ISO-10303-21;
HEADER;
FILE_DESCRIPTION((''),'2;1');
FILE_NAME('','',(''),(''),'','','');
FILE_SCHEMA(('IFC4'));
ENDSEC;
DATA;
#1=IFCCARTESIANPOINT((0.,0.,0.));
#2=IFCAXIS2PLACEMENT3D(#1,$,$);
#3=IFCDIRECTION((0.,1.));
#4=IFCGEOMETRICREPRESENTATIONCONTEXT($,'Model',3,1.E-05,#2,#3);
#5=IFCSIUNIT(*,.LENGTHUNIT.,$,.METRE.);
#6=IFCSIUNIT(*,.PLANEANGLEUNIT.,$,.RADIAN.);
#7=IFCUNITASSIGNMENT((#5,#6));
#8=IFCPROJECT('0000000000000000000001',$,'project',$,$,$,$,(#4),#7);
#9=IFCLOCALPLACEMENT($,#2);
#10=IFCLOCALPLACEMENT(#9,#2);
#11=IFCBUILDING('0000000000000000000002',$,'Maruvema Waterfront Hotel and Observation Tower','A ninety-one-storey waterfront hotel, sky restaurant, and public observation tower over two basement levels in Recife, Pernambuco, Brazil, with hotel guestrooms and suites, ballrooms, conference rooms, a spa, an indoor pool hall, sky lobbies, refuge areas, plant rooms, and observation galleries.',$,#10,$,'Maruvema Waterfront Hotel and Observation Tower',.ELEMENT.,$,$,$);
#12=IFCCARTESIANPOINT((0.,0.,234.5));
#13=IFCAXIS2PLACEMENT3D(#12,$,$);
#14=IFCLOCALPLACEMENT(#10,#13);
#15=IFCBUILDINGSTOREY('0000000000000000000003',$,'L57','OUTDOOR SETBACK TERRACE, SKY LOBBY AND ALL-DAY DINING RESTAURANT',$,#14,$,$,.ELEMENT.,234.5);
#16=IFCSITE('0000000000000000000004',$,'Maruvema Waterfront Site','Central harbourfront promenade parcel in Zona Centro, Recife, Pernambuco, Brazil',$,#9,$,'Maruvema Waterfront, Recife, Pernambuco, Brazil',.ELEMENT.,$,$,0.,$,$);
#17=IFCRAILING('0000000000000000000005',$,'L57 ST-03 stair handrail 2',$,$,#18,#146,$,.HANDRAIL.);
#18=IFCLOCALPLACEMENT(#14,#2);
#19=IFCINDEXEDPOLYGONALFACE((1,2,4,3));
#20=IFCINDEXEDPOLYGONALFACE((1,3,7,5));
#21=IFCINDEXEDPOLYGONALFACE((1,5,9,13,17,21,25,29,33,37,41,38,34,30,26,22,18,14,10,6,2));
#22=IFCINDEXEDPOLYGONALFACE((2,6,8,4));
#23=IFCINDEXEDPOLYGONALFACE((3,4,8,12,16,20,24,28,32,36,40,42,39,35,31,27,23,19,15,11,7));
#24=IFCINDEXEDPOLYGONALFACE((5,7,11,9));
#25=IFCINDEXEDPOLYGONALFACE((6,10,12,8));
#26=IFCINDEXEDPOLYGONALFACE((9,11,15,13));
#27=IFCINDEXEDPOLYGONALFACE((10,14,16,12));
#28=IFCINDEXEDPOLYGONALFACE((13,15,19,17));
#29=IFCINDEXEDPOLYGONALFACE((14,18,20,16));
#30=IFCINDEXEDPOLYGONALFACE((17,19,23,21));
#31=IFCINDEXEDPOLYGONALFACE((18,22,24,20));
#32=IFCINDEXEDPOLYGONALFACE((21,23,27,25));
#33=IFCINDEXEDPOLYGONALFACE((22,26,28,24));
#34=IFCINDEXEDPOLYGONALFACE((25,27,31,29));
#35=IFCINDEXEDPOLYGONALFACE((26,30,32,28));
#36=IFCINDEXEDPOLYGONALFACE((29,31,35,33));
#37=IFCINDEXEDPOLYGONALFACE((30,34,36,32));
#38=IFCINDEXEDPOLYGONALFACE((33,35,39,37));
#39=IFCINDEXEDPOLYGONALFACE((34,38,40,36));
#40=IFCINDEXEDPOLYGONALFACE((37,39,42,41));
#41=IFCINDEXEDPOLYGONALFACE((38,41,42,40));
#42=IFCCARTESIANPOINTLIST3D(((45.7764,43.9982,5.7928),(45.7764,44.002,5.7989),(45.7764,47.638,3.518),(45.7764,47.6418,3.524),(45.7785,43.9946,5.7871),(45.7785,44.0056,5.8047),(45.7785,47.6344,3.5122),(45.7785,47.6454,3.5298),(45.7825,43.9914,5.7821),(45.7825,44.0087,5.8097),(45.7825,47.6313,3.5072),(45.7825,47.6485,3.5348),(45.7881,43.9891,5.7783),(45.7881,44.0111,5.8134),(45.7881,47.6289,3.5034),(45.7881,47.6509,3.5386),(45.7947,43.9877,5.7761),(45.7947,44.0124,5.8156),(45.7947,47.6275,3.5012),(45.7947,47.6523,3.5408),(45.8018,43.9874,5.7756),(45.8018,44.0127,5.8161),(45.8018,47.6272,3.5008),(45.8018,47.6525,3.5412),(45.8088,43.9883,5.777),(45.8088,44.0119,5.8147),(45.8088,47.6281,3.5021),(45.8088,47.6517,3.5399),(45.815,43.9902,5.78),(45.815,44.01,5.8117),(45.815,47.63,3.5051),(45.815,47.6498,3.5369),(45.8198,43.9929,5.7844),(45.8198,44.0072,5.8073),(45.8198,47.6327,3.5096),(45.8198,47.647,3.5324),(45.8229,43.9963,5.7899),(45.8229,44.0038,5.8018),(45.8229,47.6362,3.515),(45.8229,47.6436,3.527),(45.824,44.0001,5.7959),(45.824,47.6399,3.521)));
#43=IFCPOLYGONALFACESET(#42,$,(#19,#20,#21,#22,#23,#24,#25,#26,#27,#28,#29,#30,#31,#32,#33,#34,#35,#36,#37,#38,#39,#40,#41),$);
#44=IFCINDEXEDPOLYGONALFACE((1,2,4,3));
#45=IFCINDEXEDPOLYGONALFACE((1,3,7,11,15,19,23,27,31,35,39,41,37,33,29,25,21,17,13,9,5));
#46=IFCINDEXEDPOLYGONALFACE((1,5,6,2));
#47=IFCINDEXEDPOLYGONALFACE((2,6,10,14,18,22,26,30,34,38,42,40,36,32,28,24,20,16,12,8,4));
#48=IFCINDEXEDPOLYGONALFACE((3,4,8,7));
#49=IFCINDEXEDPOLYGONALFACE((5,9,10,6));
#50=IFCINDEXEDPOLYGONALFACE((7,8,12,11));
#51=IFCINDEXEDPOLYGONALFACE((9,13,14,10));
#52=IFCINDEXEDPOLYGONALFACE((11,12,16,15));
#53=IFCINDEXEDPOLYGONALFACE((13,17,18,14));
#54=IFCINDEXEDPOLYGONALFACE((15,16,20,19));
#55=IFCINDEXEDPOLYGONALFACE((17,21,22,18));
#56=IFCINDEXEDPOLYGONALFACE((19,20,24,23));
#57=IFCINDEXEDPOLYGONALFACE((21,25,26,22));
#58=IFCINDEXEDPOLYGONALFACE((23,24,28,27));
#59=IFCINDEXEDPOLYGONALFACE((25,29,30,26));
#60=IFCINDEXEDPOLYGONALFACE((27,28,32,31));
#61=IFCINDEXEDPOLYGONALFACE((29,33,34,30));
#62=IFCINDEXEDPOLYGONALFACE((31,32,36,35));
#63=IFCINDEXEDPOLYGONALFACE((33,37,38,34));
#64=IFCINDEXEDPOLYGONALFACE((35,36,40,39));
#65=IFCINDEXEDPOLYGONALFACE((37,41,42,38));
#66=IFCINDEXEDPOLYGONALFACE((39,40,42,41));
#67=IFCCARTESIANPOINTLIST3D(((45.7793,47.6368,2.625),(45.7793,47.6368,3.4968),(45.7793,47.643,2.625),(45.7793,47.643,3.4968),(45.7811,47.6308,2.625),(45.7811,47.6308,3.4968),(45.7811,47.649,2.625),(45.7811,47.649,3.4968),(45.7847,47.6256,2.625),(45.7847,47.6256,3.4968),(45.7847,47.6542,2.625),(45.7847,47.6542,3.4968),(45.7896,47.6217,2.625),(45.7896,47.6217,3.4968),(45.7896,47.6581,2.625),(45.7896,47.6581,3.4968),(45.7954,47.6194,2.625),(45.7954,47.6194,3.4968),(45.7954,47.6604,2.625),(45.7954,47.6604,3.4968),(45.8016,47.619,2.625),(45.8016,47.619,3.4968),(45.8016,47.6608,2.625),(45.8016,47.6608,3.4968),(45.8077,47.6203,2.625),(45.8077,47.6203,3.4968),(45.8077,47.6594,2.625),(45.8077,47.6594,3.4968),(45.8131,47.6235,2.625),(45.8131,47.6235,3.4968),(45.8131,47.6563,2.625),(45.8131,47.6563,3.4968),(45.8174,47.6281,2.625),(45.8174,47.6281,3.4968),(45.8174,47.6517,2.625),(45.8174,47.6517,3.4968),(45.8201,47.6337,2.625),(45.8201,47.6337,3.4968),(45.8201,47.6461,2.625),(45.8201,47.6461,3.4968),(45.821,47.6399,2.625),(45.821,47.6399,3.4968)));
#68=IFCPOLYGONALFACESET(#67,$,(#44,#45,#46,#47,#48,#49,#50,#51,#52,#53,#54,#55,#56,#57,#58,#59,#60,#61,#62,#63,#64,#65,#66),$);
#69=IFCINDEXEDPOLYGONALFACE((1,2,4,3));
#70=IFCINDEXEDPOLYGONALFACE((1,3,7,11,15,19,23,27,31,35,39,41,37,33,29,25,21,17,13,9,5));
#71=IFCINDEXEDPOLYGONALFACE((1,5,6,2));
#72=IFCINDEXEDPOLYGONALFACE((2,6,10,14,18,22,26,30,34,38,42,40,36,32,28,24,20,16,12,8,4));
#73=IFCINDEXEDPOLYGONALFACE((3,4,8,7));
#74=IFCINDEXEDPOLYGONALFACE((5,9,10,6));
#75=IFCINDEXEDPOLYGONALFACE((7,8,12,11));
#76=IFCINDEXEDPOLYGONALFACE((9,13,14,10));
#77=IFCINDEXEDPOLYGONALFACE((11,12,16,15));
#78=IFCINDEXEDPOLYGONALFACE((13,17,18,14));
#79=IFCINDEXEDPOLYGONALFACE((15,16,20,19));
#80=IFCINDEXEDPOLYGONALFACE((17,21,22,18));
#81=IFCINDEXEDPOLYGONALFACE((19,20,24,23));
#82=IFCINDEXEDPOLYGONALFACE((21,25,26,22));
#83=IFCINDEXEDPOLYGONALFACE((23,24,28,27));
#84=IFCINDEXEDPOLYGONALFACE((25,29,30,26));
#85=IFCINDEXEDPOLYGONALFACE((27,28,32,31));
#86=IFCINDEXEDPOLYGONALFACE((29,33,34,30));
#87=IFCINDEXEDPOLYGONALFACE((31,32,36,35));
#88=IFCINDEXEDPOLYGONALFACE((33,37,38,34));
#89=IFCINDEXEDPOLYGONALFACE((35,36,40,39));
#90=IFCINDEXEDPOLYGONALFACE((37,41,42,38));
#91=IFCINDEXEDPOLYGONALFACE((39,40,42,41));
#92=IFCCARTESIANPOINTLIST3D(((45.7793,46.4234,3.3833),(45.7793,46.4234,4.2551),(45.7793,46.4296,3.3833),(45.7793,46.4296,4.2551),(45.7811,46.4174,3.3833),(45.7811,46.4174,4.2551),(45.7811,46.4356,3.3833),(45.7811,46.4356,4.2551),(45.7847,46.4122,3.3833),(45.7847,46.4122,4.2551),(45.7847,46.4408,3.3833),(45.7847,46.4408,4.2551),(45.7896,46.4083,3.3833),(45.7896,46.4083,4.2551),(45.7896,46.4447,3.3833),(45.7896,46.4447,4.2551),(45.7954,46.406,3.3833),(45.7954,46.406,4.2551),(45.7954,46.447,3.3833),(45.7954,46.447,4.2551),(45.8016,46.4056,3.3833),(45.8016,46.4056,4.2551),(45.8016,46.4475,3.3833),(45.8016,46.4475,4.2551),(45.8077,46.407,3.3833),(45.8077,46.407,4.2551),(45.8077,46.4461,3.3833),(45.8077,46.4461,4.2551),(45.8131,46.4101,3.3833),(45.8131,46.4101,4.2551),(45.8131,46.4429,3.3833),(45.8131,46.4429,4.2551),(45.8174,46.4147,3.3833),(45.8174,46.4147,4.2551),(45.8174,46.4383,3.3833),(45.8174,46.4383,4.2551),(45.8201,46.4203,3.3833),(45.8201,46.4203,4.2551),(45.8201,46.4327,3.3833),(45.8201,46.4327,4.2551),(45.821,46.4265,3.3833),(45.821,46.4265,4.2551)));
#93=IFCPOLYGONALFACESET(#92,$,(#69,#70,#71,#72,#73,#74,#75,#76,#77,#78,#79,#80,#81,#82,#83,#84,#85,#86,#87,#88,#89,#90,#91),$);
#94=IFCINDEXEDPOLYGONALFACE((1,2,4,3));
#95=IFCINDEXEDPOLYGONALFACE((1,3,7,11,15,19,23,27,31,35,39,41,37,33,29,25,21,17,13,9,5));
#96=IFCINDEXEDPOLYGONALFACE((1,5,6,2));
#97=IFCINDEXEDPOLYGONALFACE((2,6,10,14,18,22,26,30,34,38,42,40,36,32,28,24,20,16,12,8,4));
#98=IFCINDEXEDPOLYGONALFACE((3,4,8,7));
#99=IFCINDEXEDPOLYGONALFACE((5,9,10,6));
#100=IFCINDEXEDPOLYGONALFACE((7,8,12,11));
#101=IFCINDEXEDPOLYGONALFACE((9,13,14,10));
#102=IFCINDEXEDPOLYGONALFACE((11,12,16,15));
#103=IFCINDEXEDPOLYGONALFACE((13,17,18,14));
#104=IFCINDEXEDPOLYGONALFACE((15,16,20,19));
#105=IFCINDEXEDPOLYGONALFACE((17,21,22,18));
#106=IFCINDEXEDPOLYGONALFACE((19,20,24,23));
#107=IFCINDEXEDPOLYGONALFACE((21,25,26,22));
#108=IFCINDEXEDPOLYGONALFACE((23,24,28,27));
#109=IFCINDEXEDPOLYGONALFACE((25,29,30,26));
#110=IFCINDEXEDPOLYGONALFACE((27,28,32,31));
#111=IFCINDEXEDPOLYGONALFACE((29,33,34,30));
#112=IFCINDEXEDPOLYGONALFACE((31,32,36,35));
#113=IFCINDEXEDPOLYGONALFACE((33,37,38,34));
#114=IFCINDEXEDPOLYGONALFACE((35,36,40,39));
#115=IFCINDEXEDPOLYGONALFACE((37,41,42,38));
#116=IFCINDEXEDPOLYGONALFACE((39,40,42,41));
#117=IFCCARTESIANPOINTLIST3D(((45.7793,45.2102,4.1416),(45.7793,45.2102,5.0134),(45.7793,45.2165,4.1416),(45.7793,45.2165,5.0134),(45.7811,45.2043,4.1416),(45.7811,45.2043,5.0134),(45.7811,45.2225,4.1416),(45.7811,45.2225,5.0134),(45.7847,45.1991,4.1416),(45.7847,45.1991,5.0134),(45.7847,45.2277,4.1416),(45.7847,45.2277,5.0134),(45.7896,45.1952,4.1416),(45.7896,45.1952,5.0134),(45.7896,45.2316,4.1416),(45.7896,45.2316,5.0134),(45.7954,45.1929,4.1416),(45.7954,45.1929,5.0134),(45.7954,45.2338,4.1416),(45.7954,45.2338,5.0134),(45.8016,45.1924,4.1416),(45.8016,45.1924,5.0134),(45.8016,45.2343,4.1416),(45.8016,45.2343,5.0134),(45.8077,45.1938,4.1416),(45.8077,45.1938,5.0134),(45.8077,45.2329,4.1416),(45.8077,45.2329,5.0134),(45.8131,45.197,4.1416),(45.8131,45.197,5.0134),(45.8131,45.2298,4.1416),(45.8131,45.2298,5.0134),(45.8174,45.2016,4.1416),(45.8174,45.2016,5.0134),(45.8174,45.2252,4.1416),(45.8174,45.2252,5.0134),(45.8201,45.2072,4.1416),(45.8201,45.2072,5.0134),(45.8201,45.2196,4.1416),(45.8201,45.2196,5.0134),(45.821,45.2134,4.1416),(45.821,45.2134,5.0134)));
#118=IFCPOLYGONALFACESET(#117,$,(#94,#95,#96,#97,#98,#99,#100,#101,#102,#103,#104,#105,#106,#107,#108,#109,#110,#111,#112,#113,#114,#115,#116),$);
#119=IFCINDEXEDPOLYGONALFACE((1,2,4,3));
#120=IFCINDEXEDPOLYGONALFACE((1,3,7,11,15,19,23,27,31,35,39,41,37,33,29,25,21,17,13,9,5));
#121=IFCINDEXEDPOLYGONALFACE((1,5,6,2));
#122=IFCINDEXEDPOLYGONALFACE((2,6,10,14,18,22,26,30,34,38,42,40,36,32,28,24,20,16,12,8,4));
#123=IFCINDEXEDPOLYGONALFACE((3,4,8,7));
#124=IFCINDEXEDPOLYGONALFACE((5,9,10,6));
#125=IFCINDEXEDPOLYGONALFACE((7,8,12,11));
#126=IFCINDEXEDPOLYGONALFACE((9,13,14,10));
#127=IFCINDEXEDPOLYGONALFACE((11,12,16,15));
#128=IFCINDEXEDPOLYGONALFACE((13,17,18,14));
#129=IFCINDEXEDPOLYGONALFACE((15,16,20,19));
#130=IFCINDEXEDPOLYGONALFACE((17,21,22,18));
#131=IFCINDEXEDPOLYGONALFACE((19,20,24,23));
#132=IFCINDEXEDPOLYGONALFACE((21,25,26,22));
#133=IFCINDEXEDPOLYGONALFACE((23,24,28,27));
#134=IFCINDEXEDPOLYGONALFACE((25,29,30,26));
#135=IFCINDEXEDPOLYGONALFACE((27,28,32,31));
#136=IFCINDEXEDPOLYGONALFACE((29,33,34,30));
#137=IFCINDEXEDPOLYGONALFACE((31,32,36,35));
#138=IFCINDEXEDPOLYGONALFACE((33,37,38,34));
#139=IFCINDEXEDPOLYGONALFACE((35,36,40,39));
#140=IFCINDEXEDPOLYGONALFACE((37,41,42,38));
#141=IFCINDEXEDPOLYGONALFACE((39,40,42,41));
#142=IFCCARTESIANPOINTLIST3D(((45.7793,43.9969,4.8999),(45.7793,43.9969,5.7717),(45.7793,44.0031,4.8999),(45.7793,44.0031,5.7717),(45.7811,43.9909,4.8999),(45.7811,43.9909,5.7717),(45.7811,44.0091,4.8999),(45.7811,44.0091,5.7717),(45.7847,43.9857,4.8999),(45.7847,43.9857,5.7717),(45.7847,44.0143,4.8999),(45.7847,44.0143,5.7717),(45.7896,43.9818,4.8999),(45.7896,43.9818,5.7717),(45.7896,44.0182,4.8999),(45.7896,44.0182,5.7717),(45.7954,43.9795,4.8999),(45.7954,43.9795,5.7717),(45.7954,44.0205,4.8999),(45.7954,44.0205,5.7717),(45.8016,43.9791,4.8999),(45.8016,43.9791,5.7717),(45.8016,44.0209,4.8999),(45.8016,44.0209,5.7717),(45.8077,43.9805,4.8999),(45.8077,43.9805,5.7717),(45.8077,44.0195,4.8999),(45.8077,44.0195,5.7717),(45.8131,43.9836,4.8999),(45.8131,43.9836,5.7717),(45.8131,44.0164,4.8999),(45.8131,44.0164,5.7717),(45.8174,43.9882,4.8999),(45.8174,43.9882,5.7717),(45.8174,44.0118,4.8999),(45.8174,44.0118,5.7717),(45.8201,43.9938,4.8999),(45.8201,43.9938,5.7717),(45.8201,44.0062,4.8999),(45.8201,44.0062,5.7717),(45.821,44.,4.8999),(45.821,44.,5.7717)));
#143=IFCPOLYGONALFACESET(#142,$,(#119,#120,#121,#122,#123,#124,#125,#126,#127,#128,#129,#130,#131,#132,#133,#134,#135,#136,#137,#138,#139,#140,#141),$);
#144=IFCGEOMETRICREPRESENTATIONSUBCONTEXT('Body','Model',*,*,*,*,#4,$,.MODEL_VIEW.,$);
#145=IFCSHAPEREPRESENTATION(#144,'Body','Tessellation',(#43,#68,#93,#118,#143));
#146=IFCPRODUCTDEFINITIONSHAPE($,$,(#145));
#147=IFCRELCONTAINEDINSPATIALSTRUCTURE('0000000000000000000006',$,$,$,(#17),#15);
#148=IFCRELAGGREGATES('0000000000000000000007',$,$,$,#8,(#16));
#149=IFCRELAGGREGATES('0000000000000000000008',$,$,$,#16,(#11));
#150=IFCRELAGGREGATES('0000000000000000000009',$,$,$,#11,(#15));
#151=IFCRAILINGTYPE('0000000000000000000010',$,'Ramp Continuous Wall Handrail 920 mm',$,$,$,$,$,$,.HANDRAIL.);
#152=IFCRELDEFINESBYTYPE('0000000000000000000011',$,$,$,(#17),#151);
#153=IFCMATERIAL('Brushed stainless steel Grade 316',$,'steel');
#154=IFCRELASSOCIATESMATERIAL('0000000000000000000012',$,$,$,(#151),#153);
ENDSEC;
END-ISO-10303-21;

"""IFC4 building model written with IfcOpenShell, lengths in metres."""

from ifc_helpers import new_model, si_unit, direction, frame, origin, origin_2d, place, context, subcontext, project, spatial, circle, extrude, material, type_object, element, save


model = new_model("IFC4")

# Units and contexts
model_context = context("Model", 3, precision=1e-05, world=origin(), true_north=direction((0.0, 1.0)))
body_context = subcontext(model_context, "Body", "Model", "MODEL_VIEW")
ifc_project = project(units=[si_unit("LENGTHUNIT", "METRE"), si_unit("PLANEANGLEUNIT", "RADIAN")], contexts=[model_context])

# Site, building, storey
site_placement = place(None, origin())
site = spatial("IfcSite", under=ifc_project, at=site_placement, Name="Maruvema Waterfront Site", Description="Central harbourfront promenade parcel in Zona Centro, Recife, Pernambuco, Brazil", LongName="Maruvema Waterfront, Recife, Pernambuco, Brazil", CompositionType="ELEMENT", RefElevation=0.0)
building_placement = place(site_placement, origin())
building = spatial("IfcBuilding", under=site, at=building_placement, Name="Maruvema Waterfront Hotel and Observation Tower", Description="A ninety-one-storey waterfront hotel, sky restaurant, and public observation tower over two basement levels in Recife, Pernambuco, Brazil, with hotel guestrooms and suites, ballrooms, conference rooms, a spa, an indoor pool hall, sky lobbies, refuge areas, plant rooms, and observation galleries.", LongName="Maruvema Waterfront Hotel and Observation Tower", CompositionType="ELEMENT")
storey_placement = place(building_placement, frame((0.0, 0.0, 234.5)))
storey = spatial("IfcBuildingStorey", under=building, at=storey_placement, Name="L57", Description="OUTDOOR SETBACK TERRACE, SKY LOBBY AND ALL-DAY DINING RESTAURANT", CompositionType="ELEMENT", Elevation=234.5)

# Railing
ifc_material_1 = material(Name="Brushed stainless steel Grade 316", Category="steel")
railing_type_1 = type_object("IfcRailingType", Name="Ramp Continuous Wall Handrail 920 mm", PredefinedType="HANDRAIL", material=ifc_material_1)
railing_1_placement = place(storey_placement, frame((45.8, 47.6399, 2.625)))
element("IfcRailing", 1, at=railing_1_placement, inside=storey, type_object=railing_type_1, Name="L57 ST-03 stair handrail 2", PredefinedType="HANDRAIL", context=body_context, shape_type="SweptSolid", body=[
    extrude(circle(Radius=0.0239, at=origin_2d()), frame((0.0, 0.0, 0.896), z_axis=(0.0, -0.848001, 0.529994), x_axis=(1.0, 0.0, 0.0)), (0.0, 0.0, 1.0), 4.2922),
    extrude(circle(Radius=0.021, at=origin_2d()), origin(), (0.0, 0.0, 1.0), 0.8718),
    extrude(circle(Radius=0.021, at=origin_2d()), frame((0.0, -1.2134, 0.7583)), (0.0, 0.0, 1.0), 0.8718),
    extrude(circle(Radius=0.021, at=origin_2d()), frame((0.0, -2.4265, 1.5166)), (0.0, 0.0, 1.0), 0.8718),
    extrude(circle(Radius=0.021, at=origin_2d()), frame((0.0, -3.6399, 2.2749)), (0.0, 0.0, 1.0), 0.8718),
])

save(model, "model.ifc")
